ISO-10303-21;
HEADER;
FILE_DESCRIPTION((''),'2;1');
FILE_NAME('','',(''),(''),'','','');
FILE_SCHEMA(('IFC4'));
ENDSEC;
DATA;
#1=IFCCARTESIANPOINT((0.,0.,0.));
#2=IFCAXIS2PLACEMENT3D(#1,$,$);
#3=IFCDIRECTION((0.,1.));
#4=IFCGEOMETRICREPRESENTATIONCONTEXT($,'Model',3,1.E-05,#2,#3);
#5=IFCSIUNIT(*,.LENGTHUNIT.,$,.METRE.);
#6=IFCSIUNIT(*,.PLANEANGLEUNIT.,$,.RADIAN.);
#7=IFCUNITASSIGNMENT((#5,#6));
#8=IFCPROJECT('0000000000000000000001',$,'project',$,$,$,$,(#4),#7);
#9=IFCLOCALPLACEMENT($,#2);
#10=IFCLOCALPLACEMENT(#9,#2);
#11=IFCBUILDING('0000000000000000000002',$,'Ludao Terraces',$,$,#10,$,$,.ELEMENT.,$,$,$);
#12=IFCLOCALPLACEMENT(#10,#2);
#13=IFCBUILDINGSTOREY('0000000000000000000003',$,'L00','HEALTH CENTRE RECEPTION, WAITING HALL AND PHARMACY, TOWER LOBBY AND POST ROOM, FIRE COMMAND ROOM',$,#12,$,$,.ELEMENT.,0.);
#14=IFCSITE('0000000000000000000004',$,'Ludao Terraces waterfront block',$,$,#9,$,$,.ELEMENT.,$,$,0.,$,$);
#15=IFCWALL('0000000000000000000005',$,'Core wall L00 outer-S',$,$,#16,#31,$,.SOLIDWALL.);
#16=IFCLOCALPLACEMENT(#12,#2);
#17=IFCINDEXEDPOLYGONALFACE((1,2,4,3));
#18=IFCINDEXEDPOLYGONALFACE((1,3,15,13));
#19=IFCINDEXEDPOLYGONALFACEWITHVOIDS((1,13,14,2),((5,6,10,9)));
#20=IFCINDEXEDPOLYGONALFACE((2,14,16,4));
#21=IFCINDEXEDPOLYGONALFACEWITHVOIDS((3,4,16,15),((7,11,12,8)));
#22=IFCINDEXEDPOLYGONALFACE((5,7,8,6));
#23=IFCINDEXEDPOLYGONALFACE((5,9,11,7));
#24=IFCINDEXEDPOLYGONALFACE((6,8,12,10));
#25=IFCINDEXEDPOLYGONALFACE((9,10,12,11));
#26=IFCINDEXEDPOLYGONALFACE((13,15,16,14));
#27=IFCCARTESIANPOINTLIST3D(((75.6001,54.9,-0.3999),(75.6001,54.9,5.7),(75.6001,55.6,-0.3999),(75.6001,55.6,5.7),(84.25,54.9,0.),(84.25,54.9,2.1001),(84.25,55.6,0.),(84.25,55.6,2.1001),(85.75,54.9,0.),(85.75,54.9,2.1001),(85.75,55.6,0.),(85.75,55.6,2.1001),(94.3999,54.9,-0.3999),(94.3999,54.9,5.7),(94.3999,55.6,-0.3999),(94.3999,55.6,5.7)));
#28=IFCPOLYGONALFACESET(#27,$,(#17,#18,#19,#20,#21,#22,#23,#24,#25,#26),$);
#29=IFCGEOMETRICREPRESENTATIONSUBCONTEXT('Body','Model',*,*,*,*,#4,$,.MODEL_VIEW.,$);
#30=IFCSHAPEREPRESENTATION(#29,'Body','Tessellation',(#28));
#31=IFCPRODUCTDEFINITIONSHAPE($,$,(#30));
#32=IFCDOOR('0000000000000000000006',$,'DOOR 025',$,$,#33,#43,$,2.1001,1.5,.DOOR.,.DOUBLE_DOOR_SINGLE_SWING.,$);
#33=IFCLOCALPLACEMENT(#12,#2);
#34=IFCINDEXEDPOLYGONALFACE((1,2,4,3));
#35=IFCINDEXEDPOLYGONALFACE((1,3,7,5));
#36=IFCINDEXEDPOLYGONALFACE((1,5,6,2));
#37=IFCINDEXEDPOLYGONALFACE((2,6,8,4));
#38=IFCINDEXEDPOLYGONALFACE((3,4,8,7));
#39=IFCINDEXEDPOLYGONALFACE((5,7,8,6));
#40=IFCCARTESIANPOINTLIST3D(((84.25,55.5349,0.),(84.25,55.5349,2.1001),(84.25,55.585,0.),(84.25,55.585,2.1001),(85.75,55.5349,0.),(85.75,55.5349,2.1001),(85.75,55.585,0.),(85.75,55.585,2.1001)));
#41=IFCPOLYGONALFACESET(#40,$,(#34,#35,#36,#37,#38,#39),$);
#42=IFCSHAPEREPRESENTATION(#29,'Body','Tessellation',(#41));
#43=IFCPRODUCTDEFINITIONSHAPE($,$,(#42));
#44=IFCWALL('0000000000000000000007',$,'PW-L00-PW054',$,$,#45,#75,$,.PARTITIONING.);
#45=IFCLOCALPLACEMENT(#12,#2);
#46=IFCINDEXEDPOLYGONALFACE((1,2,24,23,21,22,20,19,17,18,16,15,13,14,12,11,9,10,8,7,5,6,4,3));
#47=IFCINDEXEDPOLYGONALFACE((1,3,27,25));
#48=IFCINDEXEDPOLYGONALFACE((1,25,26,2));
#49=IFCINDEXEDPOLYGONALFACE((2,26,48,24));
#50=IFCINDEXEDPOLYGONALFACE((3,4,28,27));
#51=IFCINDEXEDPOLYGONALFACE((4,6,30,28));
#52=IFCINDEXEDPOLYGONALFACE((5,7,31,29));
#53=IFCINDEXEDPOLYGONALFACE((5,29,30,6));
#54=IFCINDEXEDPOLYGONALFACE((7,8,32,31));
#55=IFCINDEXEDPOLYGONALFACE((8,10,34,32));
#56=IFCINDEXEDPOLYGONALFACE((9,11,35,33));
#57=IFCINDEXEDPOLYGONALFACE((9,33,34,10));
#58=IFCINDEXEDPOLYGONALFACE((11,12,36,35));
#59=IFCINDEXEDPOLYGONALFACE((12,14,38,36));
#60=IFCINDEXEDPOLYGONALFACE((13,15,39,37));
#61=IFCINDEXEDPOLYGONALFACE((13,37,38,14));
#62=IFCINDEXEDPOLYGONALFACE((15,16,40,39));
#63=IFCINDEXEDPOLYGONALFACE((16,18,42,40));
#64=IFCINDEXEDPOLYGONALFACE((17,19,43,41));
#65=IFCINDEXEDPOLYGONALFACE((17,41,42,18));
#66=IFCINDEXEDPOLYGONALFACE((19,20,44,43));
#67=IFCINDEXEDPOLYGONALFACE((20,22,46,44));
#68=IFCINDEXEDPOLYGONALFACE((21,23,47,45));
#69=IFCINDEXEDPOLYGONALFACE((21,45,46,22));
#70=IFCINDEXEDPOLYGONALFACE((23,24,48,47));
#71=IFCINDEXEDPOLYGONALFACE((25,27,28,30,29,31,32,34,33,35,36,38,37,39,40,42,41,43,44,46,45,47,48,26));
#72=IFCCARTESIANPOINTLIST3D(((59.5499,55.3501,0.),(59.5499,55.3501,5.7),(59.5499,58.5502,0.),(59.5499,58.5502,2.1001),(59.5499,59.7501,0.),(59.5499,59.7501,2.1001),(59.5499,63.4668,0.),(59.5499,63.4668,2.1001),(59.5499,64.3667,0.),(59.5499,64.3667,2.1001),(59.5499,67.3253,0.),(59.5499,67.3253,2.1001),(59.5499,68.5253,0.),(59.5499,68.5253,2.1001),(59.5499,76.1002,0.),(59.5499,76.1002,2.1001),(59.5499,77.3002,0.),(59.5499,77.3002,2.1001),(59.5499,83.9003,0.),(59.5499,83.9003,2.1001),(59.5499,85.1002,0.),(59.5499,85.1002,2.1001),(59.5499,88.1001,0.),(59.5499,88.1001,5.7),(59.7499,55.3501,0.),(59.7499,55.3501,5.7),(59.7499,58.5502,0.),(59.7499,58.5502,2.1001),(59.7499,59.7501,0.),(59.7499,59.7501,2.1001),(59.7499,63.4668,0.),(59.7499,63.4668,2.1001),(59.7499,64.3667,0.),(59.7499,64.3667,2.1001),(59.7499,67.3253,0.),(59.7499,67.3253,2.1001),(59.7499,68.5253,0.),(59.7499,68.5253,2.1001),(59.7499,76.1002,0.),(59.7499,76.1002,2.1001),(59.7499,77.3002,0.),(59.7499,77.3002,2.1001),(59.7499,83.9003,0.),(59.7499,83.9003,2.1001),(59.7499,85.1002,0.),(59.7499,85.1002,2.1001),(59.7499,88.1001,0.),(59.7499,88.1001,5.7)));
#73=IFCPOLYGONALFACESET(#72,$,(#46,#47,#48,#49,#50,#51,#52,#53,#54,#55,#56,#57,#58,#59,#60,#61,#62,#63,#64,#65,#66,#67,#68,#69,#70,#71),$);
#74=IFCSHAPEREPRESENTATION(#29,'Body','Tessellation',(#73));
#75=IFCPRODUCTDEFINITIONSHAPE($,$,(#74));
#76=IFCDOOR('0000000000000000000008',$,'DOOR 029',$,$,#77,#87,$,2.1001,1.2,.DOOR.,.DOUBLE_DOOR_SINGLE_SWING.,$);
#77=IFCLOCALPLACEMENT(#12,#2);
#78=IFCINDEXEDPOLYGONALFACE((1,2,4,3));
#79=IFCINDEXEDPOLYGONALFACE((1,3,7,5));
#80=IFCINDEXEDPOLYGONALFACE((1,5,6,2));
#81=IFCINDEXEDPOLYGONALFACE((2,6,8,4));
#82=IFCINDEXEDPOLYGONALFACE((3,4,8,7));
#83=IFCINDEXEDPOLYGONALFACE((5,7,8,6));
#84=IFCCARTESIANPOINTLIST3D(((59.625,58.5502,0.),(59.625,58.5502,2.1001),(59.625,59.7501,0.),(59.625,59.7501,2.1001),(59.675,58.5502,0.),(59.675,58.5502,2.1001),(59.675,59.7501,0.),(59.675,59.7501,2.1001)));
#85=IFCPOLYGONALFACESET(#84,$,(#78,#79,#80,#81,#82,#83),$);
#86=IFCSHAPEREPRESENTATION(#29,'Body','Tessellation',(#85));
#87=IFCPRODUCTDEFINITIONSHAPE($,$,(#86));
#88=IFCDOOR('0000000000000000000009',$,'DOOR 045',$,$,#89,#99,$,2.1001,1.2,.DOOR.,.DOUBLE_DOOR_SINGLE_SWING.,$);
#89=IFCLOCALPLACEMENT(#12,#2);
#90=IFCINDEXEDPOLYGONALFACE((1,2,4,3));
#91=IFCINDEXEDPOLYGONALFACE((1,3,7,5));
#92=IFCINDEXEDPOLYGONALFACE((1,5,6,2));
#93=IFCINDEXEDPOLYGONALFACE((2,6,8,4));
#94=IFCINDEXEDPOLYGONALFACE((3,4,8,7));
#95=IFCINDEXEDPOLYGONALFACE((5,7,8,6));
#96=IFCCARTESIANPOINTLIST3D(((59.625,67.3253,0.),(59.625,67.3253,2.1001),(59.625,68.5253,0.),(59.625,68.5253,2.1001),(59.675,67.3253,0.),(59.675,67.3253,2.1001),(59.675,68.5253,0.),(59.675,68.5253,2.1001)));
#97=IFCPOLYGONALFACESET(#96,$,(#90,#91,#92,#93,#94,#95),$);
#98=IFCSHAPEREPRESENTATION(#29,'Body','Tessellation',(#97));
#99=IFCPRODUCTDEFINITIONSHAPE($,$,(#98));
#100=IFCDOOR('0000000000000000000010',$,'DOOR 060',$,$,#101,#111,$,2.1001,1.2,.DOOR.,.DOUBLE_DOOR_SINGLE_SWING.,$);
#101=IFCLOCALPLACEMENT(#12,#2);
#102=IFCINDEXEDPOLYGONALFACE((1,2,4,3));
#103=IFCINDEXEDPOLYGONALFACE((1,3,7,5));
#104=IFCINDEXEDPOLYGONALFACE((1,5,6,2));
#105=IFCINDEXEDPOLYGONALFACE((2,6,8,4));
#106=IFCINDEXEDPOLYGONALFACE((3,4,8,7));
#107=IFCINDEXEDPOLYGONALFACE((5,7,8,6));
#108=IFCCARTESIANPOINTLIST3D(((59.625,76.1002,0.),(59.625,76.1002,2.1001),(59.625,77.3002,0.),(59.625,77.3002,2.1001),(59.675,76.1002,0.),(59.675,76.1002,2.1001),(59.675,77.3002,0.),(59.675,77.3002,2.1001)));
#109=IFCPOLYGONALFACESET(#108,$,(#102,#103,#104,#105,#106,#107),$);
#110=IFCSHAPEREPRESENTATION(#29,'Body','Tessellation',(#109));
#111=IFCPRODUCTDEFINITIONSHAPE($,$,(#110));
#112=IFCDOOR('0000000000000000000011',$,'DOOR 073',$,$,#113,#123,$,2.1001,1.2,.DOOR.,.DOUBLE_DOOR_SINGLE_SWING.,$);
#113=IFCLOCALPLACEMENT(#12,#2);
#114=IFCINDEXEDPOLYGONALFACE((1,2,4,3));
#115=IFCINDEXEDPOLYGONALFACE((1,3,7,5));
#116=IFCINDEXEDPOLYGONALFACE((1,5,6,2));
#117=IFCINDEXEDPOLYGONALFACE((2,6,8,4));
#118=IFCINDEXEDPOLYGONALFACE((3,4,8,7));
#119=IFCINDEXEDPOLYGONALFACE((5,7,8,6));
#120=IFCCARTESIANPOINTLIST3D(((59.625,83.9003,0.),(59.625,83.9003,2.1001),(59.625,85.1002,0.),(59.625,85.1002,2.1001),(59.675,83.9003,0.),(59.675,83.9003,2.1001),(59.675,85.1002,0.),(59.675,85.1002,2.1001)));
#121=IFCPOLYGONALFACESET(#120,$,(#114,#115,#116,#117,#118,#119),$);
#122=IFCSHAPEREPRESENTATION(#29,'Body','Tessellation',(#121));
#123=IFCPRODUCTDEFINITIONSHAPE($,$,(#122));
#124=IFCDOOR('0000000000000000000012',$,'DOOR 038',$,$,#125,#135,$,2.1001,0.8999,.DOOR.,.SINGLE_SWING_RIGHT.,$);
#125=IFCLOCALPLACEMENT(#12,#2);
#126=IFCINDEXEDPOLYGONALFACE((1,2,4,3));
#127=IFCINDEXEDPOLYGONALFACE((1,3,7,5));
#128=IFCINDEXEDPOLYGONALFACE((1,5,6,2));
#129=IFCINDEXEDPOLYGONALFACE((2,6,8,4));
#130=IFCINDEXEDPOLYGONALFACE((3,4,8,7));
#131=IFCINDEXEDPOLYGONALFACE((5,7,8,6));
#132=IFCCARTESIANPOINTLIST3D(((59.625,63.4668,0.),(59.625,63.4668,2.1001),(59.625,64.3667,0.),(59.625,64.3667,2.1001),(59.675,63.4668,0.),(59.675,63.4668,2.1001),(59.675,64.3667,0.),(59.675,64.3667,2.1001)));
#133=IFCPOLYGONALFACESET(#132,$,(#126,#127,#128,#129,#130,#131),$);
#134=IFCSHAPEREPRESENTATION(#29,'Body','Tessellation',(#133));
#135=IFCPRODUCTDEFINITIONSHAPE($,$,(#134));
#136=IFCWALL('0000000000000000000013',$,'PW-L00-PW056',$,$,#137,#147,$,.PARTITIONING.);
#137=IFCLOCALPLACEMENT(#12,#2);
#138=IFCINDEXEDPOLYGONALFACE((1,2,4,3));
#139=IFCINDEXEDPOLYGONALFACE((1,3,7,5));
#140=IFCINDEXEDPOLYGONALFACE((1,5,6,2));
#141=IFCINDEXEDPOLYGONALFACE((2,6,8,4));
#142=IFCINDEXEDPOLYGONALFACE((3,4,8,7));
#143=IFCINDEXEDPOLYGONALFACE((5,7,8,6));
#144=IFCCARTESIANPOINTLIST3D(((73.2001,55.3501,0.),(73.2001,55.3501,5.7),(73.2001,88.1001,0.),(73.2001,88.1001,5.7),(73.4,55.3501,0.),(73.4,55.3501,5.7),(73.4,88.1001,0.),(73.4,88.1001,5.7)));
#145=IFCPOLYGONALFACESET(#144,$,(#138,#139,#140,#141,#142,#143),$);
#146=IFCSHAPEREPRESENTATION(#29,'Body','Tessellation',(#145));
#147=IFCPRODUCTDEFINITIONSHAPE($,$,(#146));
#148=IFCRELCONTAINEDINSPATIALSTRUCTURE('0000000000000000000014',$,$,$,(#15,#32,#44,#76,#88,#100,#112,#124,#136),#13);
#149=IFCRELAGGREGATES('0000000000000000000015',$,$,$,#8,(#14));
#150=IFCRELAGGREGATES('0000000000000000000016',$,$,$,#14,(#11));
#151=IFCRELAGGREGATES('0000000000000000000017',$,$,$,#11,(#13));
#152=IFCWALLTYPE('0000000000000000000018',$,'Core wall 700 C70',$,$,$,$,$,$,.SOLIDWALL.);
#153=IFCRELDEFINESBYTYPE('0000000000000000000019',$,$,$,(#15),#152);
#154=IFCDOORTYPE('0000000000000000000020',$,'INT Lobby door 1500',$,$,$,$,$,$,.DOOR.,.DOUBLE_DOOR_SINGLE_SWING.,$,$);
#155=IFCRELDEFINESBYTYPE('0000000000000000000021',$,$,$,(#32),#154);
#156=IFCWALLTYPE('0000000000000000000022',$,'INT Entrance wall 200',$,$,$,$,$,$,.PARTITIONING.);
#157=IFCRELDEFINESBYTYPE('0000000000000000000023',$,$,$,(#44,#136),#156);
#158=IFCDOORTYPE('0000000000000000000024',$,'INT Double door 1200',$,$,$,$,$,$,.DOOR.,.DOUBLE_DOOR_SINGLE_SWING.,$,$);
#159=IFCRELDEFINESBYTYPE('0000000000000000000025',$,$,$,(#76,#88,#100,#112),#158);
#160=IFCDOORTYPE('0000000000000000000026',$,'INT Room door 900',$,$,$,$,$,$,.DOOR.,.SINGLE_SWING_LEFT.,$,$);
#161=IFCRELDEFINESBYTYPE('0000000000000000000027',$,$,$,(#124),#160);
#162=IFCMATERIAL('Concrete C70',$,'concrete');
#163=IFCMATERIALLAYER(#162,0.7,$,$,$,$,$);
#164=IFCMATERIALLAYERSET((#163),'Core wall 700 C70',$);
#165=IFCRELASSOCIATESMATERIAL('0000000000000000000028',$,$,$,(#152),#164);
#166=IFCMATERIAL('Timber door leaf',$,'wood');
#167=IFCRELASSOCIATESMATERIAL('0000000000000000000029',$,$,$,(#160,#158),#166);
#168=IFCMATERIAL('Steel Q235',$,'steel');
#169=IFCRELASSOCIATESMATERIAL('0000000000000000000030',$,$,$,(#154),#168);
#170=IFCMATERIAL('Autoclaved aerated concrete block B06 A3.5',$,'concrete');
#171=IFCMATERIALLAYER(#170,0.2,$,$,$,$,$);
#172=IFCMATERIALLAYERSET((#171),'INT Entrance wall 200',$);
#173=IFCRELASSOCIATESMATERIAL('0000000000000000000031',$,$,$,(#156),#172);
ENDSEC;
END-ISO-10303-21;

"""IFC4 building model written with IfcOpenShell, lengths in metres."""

from ifc_helpers import new_model, si_unit, direction, frame, frame_2d, origin, place, context, subcontext, project, spatial, rectangle, extrude, material, layer, layer_set, type_object, element, fill, save


model = new_model("IFC4")

# Units and contexts
model_context = context("Model", 3, precision=1e-05, world=origin(), true_north=direction((0.0, 1.0)))
body_context = subcontext(model_context, "Body", "Model", "MODEL_VIEW")
ifc_project = project(units=[si_unit("LENGTHUNIT", "METRE"), si_unit("PLANEANGLEUNIT", "RADIAN")], contexts=[model_context])

# Site, building, storey
site_placement = place(None, origin())
site = spatial("IfcSite", under=ifc_project, at=site_placement, Name="Ludao Terraces waterfront block", CompositionType="ELEMENT", RefElevation=0.0)
building_placement = place(site_placement, origin())
building = spatial("IfcBuilding", under=site, at=building_placement, Name="Ludao Terraces", CompositionType="ELEMENT")
storey_placement = place(building_placement, origin())
storey = spatial("IfcBuildingStorey", under=building, at=storey_placement, Name="L00", Description="HEALTH CENTRE RECEPTION, WAITING HALL AND PHARMACY, TOWER LOBBY AND POST ROOM, FIRE COMMAND ROOM", CompositionType="ELEMENT", Elevation=0.0)

# Shared definitions
ifc_material_1 = material(Name="Concrete C70", Category="concrete")
ifc_layer_1 = layer(ifc_material_1, 0.7)
ifc_layer_set_1 = layer_set([ifc_layer_1], Name="Core wall 700 C70")
wall_type_1 = type_object("IfcWallType", Name="Core wall 700 C70", PredefinedType="SOLIDWALL", material=ifc_layer_set_1)
ifc_material_2 = material(Name="Steel Q235", Category="steel")
ifc_material_3 = material(Name="Timber door leaf", Category="wood")
door_type_1 = type_object("IfcDoorType", Name="INT Room door 900", OperationType="SINGLE_SWING_LEFT", PredefinedType="DOOR", material=ifc_material_3)

# Wall, opening, door
wall_1_placement = place(storey_placement, frame((75.6001, 55.25, -0.3999), z_axis=(0.0, 0.0, 1.0), x_axis=(1.0, 0.0, 0.0)))
wall_1 = element("IfcWall", 1, at=wall_1_placement, inside=storey, type_object=wall_type_1, Name="Core wall L00 outer-S", PredefinedType="SOLIDWALL", context=body_context, shape_type="SweptSolid", body=[
    extrude(rectangle(XDim=18.7998, YDim=0.7, at=frame_2d((9.3999, 0.0))), origin(), (0.0, 0.0, 1.0), 6.0999),
])
opening_1_placement = place(wall_1_placement, frame((8.6499, 0.0, 0.3999)))
opening_1 = element("IfcOpeningElement", 2, at=opening_1_placement, cuts=wall_1, PredefinedType="OPENING", context=body_context, shape_type="SweptSolid", body=[
    extrude(rectangle(XDim=1.5, YDim=2.1001, at=frame_2d((0.75, 1.05))), frame((0.0, 0.3599, 0.0), z_axis=(0.0, -1.0, 0.0), x_axis=(1.0, 0.0, 0.0)), (0.0, 0.0, 1.0), 0.72),
])
door_type_2 = type_object("IfcDoorType", Name="INT Lobby door 1500", OperationType="DOUBLE_DOOR_SINGLE_SWING", PredefinedType="DOOR", material=ifc_material_2)
door_1_placement = place(opening_1_placement, origin())
door_1 = element("IfcDoor", 3, at=door_1_placement, inside=storey, type_object=door_type_2, Name="DOOR 025", OperationType="DOUBLE_DOOR_SINGLE_SWING", OverallHeight=2.1001, OverallWidth=1.5, PredefinedType="DOOR", context=body_context, shape_type="SweptSolid", body=[
    extrude(rectangle(XDim=1.5, YDim=2.1001, at=frame_2d((0.75, 1.05))), frame((0.0, 0.335, 0.0), z_axis=(0.0, -1.0, 0.0), x_axis=(1.0, 0.0, 0.0)), (0.0, 0.0, 1.0), 0.05),
])
fill(opening_1, door_1)

# Wall, openings, doors
ifc_material_4 = material(Name="Autoclaved aerated concrete block B06 A3.5", Category="concrete")
ifc_layer_2 = layer(ifc_material_4, 0.2)
ifc_layer_set_2 = layer_set([ifc_layer_2], Name="INT Entrance wall 200")
wall_type_2 = type_object("IfcWallType", Name="INT Entrance wall 200", PredefinedType="PARTITIONING", material=ifc_layer_set_2)
wall_2_placement = place(storey_placement, frame((59.6499, 55.3501, 0.0), z_axis=(0.0, 0.0, 1.0), x_axis=(0.0, 1.0, 0.0)))
wall_2 = element("IfcWall", 4, at=wall_2_placement, inside=storey, type_object=wall_type_2, Name="PW-L00-PW054", PredefinedType="PARTITIONING", context=body_context, shape_type="SweptSolid", body=[
    extrude(rectangle(XDim=32.75, YDim=0.2, at=frame_2d((16.375, 0.0))), origin(), (0.0, 0.0, 1.0), 5.7),
])
opening_2_placement = place(wall_2_placement, frame((3.2, 0.0, 0.0)))
opening_2 = element("IfcOpeningElement", 5, at=opening_2_placement, cuts=wall_2, PredefinedType="OPENING", context=body_context, shape_type="SweptSolid", body=[
    extrude(rectangle(XDim=1.2, YDim=2.1001, at=frame_2d((0.6001, 1.05))), frame((0.0, 0.1099, 0.0), z_axis=(0.0, -1.0, 0.0), x_axis=(1.0, 0.0, 0.0)), (0.0, 0.0, 1.0), 0.22),
])
opening_3_placement = place(wall_2_placement, frame((8.1167, 0.0, 0.0)))
opening_3 = element("IfcOpeningElement", 6, at=opening_3_placement, cuts=wall_2, PredefinedType="OPENING", context=body_context, shape_type="SweptSolid", body=[
    extrude(rectangle(XDim=0.8999, YDim=2.1001, at=frame_2d((0.45, 1.05))), frame((0.0, 0.1099, 0.0), z_axis=(0.0, -1.0, 0.0), x_axis=(1.0, 0.0, 0.0)), (0.0, 0.0, 1.0), 0.22),
])
opening_4_placement = place(wall_2_placement, frame((11.9751, 0.0, 0.0)))
opening_4 = element("IfcOpeningElement", 7, at=opening_4_placement, cuts=wall_2, PredefinedType="OPENING", context=body_context, shape_type="SweptSolid", body=[
    extrude(rectangle(XDim=1.2, YDim=2.1001, at=frame_2d((0.6001, 1.05))), frame((0.0, 0.1099, 0.0), z_axis=(0.0, -1.0, 0.0), x_axis=(1.0, 0.0, 0.0)), (0.0, 0.0, 1.0), 0.22),
])
opening_5_placement = place(wall_2_placement, frame((20.75, 0.0, 0.0)))
opening_5 = element("IfcOpeningElement", 8, at=opening_5_placement, cuts=wall_2, PredefinedType="OPENING", context=body_context, shape_type="SweptSolid", body=[
    extrude(rectangle(XDim=1.2, YDim=2.1001, at=frame_2d((0.6001, 1.05))), frame((0.0, 0.1099, 0.0), z_axis=(0.0, -1.0, 0.0), x_axis=(1.0, 0.0, 0.0)), (0.0, 0.0, 1.0), 0.22),
])
opening_6_placement = place(wall_2_placement, frame((28.55, 0.0, 0.0)))
opening_6 = element("IfcOpeningElement", 9, at=opening_6_placement, cuts=wall_2, PredefinedType="OPENING", context=body_context, shape_type="SweptSolid", body=[
    extrude(rectangle(XDim=1.2, YDim=2.1001, at=frame_2d((0.6001, 1.05))), frame((0.0, 0.1099, 0.0), z_axis=(0.0, -1.0, 0.0), x_axis=(1.0, 0.0, 0.0)), (0.0, 0.0, 1.0), 0.22),
])
door_type_3 = type_object("IfcDoorType", Name="INT Double door 1200", OperationType="DOUBLE_DOOR_SINGLE_SWING", PredefinedType="DOOR", material=ifc_material_3)
door_2_placement = place(opening_2_placement, origin())
door_2 = element("IfcDoor", 10, at=door_2_placement, inside=storey, type_object=door_type_3, Name="DOOR 029", OperationType="DOUBLE_DOOR_SINGLE_SWING", OverallHeight=2.1001, OverallWidth=1.2, PredefinedType="DOOR", context=body_context, shape_type="SweptSolid", body=[
    extrude(rectangle(XDim=1.2, YDim=2.1001, at=frame_2d((0.6001, 1.05))), frame((0.0, 0.0249, 0.0), z_axis=(0.0, -1.0, 0.0), x_axis=(1.0, 0.0, 0.0)), (0.0, 0.0, 1.0), 0.05),
])
fill(opening_2, door_2)
door_3_placement = place(opening_4_placement, origin())
door_3 = element("IfcDoor", 11, at=door_3_placement, inside=storey, type_object=door_type_3, Name="DOOR 045", OperationType="DOUBLE_DOOR_SINGLE_SWING", OverallHeight=2.1001, OverallWidth=1.2, PredefinedType="DOOR", context=body_context, shape_type="SweptSolid", body=[
    extrude(rectangle(XDim=1.2, YDim=2.1001, at=frame_2d((0.6001, 1.05))), frame((0.0, 0.0249, 0.0), z_axis=(0.0, -1.0, 0.0), x_axis=(1.0, 0.0, 0.0)), (0.0, 0.0, 1.0), 0.05),
])
fill(opening_4, door_3)
door_4_placement = place(opening_5_placement, origin())
door_4 = element("IfcDoor", 12, at=door_4_placement, inside=storey, type_object=door_type_3, Name="DOOR 060", OperationType="DOUBLE_DOOR_SINGLE_SWING", OverallHeight=2.1001, OverallWidth=1.2, PredefinedType="DOOR", context=body_context, shape_type="SweptSolid", body=[
    extrude(rectangle(XDim=1.2, YDim=2.1001, at=frame_2d((0.6001, 1.05))), frame((0.0, 0.0249, 0.0), z_axis=(0.0, -1.0, 0.0), x_axis=(1.0, 0.0, 0.0)), (0.0, 0.0, 1.0), 0.05),
])
fill(opening_5, door_4)
door_5_placement = place(opening_6_placement, origin())
door_5 = element("IfcDoor", 13, at=door_5_placement, inside=storey, type_object=door_type_3, Name="DOOR 073", OperationType="DOUBLE_DOOR_SINGLE_SWING", OverallHeight=2.1001, OverallWidth=1.2, PredefinedType="DOOR", context=body_context, shape_type="SweptSolid", body=[
    extrude(rectangle(XDim=1.2, YDim=2.1001, at=frame_2d((0.6001, 1.05))), frame((0.0, 0.0249, 0.0), z_axis=(0.0, -1.0, 0.0), x_axis=(1.0, 0.0, 0.0)), (0.0, 0.0, 1.0), 0.05),
])
fill(opening_6, door_5)
door_6_placement = place(opening_3_placement, origin())
door_6 = element("IfcDoor", 14, at=door_6_placement, inside=storey, type_object=door_type_1, Name="DOOR 038", OperationType="SINGLE_SWING_RIGHT", OverallHeight=2.1001, OverallWidth=0.8999, PredefinedType="DOOR", context=body_context, shape_type="SweptSolid", body=[
    extrude(rectangle(XDim=0.8999, YDim=2.1001, at=frame_2d((0.45, 1.05))), frame((0.0, 0.0249, 0.0), z_axis=(0.0, -1.0, 0.0), x_axis=(1.0, 0.0, 0.0)), (0.0, 0.0, 1.0), 0.05),
])
fill(opening_3, door_6)

# Wall
wall_3_placement = place(storey_placement, frame((73.3, 55.3501, 0.0), z_axis=(0.0, 0.0, 1.0), x_axis=(0.0, 1.0, 0.0)))
element("IfcWall", 15, at=wall_3_placement, inside=storey, type_object=wall_type_2, Name="PW-L00-PW056", PredefinedType="PARTITIONING", context=body_context, shape_type="SweptSolid", body=[
    extrude(rectangle(XDim=32.75, YDim=0.2, at=frame_2d((16.375, 0.0))), origin(), (0.0, 0.0, 1.0), 5.7),
])

save(model, "model.ifc")
